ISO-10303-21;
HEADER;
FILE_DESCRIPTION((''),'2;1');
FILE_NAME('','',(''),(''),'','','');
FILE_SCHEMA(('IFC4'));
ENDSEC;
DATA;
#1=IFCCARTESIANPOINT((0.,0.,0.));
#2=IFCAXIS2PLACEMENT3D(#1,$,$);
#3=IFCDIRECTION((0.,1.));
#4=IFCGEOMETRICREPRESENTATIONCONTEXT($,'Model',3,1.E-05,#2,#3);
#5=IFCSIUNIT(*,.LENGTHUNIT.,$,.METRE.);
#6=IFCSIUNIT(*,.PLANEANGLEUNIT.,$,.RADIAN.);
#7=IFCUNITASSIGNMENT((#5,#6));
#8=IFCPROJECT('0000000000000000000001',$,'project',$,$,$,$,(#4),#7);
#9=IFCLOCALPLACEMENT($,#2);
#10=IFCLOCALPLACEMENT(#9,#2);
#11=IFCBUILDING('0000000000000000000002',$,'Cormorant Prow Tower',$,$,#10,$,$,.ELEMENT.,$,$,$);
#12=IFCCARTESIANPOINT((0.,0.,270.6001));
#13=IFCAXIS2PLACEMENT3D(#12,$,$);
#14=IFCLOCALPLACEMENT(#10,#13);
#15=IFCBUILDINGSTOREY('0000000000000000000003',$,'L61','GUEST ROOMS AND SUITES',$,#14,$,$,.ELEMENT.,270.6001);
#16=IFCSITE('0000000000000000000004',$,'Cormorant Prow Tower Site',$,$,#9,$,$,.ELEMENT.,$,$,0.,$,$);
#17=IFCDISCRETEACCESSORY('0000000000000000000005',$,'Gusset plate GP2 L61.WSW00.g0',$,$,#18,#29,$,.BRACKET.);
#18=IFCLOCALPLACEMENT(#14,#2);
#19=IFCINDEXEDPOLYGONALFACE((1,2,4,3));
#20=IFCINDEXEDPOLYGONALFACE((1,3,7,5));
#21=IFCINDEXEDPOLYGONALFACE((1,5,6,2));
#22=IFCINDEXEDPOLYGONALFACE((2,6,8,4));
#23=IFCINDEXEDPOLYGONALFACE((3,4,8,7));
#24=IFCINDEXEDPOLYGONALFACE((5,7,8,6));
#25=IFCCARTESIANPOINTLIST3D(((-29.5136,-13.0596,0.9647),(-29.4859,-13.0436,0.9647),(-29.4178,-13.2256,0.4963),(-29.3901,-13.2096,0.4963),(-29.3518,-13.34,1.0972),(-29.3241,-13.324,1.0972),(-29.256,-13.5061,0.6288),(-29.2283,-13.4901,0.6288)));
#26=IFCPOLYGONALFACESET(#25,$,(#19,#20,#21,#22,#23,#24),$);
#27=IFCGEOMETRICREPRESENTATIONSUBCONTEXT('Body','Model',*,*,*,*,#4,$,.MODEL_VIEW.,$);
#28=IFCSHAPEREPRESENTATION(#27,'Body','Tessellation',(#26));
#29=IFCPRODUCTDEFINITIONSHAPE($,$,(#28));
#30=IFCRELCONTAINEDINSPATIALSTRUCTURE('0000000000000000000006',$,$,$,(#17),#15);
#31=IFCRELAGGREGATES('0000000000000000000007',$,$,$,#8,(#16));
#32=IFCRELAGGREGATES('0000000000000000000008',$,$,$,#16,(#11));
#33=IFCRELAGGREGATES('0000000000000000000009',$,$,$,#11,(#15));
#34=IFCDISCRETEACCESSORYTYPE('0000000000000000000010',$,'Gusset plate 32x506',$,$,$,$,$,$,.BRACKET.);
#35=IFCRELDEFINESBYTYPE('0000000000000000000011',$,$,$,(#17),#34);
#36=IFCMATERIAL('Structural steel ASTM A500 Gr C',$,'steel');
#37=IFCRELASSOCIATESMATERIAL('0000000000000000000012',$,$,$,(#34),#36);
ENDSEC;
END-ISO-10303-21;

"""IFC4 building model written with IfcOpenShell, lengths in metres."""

from ifc_helpers import new_model, si_unit, direction, frame, origin, origin_2d, place, context, subcontext, project, spatial, rectangle, extrude, material, material_profile, profile_set, type_object, element, save


model = new_model("IFC4")

# Units and contexts
model_context = context("Model", 3, precision=1e-05, world=origin(), true_north=direction((0.0, 1.0)))
body_context = subcontext(model_context, "Body", "Model", "MODEL_VIEW")
ifc_project = project(units=[si_unit("LENGTHUNIT", "METRE"), si_unit("PLANEANGLEUNIT", "RADIAN")], contexts=[model_context])

# Site, building, storey
site_placement = place(None, origin())
site = spatial("IfcSite", under=ifc_project, at=site_placement, Name="Cormorant Prow Tower Site", CompositionType="ELEMENT", RefElevation=0.0)
building_placement = place(site_placement, origin())
building = spatial("IfcBuilding", under=site, at=building_placement, Name="Cormorant Prow Tower", CompositionType="ELEMENT")
storey_placement = place(building_placement, frame((0.0, 0.0, 270.6001)))
storey = spatial("IfcBuildingStorey", under=building, at=storey_placement, Name="L61", Description="GUEST ROOMS AND SUITES", CompositionType="ELEMENT", Elevation=270.6001)

# Discrete accessory
ifc_material_1 = material(Name="Structural steel ASTM A500 Gr C", Category="steel")
ifc_material_profile_1 = material_profile(ifc_material_1, rectangle(XDim=0.032, YDim=0.5061, at=origin_2d()), Name="Gusset plate 32x506")
ifc_profile_set_1 = profile_set([ifc_material_profile_1], Name="Structural steel ASTM A500 Gr C")
discrete_accessory_type = type_object("IfcDiscreteAccessoryType", Name="Gusset plate 32x506", PredefinedType="BRACKET", material=ifc_profile_set_1)
discrete_accessory_placement = place(storey_placement, frame((-29.29, -13.415, 0.863), z_axis=(-0.462538, 0.801594, -0.378821), x_axis=(-0.866148, -0.499788, 0.0)))
element("IfcDiscreteAccessory", 1, at=discrete_accessory_placement, inside=storey, type_object=discrete_accessory_type, Name="Gusset plate GP2 L61.WSW00.g0", PredefinedType="BRACKET", context=body_context, shape_type="SweptSolid", body=[
    extrude(rectangle(XDim=0.032, YDim=0.5061, at=origin_2d()), origin(), (0.0, 0.0, 1.0), 0.3499),
])

save(model, "model.ifc")
